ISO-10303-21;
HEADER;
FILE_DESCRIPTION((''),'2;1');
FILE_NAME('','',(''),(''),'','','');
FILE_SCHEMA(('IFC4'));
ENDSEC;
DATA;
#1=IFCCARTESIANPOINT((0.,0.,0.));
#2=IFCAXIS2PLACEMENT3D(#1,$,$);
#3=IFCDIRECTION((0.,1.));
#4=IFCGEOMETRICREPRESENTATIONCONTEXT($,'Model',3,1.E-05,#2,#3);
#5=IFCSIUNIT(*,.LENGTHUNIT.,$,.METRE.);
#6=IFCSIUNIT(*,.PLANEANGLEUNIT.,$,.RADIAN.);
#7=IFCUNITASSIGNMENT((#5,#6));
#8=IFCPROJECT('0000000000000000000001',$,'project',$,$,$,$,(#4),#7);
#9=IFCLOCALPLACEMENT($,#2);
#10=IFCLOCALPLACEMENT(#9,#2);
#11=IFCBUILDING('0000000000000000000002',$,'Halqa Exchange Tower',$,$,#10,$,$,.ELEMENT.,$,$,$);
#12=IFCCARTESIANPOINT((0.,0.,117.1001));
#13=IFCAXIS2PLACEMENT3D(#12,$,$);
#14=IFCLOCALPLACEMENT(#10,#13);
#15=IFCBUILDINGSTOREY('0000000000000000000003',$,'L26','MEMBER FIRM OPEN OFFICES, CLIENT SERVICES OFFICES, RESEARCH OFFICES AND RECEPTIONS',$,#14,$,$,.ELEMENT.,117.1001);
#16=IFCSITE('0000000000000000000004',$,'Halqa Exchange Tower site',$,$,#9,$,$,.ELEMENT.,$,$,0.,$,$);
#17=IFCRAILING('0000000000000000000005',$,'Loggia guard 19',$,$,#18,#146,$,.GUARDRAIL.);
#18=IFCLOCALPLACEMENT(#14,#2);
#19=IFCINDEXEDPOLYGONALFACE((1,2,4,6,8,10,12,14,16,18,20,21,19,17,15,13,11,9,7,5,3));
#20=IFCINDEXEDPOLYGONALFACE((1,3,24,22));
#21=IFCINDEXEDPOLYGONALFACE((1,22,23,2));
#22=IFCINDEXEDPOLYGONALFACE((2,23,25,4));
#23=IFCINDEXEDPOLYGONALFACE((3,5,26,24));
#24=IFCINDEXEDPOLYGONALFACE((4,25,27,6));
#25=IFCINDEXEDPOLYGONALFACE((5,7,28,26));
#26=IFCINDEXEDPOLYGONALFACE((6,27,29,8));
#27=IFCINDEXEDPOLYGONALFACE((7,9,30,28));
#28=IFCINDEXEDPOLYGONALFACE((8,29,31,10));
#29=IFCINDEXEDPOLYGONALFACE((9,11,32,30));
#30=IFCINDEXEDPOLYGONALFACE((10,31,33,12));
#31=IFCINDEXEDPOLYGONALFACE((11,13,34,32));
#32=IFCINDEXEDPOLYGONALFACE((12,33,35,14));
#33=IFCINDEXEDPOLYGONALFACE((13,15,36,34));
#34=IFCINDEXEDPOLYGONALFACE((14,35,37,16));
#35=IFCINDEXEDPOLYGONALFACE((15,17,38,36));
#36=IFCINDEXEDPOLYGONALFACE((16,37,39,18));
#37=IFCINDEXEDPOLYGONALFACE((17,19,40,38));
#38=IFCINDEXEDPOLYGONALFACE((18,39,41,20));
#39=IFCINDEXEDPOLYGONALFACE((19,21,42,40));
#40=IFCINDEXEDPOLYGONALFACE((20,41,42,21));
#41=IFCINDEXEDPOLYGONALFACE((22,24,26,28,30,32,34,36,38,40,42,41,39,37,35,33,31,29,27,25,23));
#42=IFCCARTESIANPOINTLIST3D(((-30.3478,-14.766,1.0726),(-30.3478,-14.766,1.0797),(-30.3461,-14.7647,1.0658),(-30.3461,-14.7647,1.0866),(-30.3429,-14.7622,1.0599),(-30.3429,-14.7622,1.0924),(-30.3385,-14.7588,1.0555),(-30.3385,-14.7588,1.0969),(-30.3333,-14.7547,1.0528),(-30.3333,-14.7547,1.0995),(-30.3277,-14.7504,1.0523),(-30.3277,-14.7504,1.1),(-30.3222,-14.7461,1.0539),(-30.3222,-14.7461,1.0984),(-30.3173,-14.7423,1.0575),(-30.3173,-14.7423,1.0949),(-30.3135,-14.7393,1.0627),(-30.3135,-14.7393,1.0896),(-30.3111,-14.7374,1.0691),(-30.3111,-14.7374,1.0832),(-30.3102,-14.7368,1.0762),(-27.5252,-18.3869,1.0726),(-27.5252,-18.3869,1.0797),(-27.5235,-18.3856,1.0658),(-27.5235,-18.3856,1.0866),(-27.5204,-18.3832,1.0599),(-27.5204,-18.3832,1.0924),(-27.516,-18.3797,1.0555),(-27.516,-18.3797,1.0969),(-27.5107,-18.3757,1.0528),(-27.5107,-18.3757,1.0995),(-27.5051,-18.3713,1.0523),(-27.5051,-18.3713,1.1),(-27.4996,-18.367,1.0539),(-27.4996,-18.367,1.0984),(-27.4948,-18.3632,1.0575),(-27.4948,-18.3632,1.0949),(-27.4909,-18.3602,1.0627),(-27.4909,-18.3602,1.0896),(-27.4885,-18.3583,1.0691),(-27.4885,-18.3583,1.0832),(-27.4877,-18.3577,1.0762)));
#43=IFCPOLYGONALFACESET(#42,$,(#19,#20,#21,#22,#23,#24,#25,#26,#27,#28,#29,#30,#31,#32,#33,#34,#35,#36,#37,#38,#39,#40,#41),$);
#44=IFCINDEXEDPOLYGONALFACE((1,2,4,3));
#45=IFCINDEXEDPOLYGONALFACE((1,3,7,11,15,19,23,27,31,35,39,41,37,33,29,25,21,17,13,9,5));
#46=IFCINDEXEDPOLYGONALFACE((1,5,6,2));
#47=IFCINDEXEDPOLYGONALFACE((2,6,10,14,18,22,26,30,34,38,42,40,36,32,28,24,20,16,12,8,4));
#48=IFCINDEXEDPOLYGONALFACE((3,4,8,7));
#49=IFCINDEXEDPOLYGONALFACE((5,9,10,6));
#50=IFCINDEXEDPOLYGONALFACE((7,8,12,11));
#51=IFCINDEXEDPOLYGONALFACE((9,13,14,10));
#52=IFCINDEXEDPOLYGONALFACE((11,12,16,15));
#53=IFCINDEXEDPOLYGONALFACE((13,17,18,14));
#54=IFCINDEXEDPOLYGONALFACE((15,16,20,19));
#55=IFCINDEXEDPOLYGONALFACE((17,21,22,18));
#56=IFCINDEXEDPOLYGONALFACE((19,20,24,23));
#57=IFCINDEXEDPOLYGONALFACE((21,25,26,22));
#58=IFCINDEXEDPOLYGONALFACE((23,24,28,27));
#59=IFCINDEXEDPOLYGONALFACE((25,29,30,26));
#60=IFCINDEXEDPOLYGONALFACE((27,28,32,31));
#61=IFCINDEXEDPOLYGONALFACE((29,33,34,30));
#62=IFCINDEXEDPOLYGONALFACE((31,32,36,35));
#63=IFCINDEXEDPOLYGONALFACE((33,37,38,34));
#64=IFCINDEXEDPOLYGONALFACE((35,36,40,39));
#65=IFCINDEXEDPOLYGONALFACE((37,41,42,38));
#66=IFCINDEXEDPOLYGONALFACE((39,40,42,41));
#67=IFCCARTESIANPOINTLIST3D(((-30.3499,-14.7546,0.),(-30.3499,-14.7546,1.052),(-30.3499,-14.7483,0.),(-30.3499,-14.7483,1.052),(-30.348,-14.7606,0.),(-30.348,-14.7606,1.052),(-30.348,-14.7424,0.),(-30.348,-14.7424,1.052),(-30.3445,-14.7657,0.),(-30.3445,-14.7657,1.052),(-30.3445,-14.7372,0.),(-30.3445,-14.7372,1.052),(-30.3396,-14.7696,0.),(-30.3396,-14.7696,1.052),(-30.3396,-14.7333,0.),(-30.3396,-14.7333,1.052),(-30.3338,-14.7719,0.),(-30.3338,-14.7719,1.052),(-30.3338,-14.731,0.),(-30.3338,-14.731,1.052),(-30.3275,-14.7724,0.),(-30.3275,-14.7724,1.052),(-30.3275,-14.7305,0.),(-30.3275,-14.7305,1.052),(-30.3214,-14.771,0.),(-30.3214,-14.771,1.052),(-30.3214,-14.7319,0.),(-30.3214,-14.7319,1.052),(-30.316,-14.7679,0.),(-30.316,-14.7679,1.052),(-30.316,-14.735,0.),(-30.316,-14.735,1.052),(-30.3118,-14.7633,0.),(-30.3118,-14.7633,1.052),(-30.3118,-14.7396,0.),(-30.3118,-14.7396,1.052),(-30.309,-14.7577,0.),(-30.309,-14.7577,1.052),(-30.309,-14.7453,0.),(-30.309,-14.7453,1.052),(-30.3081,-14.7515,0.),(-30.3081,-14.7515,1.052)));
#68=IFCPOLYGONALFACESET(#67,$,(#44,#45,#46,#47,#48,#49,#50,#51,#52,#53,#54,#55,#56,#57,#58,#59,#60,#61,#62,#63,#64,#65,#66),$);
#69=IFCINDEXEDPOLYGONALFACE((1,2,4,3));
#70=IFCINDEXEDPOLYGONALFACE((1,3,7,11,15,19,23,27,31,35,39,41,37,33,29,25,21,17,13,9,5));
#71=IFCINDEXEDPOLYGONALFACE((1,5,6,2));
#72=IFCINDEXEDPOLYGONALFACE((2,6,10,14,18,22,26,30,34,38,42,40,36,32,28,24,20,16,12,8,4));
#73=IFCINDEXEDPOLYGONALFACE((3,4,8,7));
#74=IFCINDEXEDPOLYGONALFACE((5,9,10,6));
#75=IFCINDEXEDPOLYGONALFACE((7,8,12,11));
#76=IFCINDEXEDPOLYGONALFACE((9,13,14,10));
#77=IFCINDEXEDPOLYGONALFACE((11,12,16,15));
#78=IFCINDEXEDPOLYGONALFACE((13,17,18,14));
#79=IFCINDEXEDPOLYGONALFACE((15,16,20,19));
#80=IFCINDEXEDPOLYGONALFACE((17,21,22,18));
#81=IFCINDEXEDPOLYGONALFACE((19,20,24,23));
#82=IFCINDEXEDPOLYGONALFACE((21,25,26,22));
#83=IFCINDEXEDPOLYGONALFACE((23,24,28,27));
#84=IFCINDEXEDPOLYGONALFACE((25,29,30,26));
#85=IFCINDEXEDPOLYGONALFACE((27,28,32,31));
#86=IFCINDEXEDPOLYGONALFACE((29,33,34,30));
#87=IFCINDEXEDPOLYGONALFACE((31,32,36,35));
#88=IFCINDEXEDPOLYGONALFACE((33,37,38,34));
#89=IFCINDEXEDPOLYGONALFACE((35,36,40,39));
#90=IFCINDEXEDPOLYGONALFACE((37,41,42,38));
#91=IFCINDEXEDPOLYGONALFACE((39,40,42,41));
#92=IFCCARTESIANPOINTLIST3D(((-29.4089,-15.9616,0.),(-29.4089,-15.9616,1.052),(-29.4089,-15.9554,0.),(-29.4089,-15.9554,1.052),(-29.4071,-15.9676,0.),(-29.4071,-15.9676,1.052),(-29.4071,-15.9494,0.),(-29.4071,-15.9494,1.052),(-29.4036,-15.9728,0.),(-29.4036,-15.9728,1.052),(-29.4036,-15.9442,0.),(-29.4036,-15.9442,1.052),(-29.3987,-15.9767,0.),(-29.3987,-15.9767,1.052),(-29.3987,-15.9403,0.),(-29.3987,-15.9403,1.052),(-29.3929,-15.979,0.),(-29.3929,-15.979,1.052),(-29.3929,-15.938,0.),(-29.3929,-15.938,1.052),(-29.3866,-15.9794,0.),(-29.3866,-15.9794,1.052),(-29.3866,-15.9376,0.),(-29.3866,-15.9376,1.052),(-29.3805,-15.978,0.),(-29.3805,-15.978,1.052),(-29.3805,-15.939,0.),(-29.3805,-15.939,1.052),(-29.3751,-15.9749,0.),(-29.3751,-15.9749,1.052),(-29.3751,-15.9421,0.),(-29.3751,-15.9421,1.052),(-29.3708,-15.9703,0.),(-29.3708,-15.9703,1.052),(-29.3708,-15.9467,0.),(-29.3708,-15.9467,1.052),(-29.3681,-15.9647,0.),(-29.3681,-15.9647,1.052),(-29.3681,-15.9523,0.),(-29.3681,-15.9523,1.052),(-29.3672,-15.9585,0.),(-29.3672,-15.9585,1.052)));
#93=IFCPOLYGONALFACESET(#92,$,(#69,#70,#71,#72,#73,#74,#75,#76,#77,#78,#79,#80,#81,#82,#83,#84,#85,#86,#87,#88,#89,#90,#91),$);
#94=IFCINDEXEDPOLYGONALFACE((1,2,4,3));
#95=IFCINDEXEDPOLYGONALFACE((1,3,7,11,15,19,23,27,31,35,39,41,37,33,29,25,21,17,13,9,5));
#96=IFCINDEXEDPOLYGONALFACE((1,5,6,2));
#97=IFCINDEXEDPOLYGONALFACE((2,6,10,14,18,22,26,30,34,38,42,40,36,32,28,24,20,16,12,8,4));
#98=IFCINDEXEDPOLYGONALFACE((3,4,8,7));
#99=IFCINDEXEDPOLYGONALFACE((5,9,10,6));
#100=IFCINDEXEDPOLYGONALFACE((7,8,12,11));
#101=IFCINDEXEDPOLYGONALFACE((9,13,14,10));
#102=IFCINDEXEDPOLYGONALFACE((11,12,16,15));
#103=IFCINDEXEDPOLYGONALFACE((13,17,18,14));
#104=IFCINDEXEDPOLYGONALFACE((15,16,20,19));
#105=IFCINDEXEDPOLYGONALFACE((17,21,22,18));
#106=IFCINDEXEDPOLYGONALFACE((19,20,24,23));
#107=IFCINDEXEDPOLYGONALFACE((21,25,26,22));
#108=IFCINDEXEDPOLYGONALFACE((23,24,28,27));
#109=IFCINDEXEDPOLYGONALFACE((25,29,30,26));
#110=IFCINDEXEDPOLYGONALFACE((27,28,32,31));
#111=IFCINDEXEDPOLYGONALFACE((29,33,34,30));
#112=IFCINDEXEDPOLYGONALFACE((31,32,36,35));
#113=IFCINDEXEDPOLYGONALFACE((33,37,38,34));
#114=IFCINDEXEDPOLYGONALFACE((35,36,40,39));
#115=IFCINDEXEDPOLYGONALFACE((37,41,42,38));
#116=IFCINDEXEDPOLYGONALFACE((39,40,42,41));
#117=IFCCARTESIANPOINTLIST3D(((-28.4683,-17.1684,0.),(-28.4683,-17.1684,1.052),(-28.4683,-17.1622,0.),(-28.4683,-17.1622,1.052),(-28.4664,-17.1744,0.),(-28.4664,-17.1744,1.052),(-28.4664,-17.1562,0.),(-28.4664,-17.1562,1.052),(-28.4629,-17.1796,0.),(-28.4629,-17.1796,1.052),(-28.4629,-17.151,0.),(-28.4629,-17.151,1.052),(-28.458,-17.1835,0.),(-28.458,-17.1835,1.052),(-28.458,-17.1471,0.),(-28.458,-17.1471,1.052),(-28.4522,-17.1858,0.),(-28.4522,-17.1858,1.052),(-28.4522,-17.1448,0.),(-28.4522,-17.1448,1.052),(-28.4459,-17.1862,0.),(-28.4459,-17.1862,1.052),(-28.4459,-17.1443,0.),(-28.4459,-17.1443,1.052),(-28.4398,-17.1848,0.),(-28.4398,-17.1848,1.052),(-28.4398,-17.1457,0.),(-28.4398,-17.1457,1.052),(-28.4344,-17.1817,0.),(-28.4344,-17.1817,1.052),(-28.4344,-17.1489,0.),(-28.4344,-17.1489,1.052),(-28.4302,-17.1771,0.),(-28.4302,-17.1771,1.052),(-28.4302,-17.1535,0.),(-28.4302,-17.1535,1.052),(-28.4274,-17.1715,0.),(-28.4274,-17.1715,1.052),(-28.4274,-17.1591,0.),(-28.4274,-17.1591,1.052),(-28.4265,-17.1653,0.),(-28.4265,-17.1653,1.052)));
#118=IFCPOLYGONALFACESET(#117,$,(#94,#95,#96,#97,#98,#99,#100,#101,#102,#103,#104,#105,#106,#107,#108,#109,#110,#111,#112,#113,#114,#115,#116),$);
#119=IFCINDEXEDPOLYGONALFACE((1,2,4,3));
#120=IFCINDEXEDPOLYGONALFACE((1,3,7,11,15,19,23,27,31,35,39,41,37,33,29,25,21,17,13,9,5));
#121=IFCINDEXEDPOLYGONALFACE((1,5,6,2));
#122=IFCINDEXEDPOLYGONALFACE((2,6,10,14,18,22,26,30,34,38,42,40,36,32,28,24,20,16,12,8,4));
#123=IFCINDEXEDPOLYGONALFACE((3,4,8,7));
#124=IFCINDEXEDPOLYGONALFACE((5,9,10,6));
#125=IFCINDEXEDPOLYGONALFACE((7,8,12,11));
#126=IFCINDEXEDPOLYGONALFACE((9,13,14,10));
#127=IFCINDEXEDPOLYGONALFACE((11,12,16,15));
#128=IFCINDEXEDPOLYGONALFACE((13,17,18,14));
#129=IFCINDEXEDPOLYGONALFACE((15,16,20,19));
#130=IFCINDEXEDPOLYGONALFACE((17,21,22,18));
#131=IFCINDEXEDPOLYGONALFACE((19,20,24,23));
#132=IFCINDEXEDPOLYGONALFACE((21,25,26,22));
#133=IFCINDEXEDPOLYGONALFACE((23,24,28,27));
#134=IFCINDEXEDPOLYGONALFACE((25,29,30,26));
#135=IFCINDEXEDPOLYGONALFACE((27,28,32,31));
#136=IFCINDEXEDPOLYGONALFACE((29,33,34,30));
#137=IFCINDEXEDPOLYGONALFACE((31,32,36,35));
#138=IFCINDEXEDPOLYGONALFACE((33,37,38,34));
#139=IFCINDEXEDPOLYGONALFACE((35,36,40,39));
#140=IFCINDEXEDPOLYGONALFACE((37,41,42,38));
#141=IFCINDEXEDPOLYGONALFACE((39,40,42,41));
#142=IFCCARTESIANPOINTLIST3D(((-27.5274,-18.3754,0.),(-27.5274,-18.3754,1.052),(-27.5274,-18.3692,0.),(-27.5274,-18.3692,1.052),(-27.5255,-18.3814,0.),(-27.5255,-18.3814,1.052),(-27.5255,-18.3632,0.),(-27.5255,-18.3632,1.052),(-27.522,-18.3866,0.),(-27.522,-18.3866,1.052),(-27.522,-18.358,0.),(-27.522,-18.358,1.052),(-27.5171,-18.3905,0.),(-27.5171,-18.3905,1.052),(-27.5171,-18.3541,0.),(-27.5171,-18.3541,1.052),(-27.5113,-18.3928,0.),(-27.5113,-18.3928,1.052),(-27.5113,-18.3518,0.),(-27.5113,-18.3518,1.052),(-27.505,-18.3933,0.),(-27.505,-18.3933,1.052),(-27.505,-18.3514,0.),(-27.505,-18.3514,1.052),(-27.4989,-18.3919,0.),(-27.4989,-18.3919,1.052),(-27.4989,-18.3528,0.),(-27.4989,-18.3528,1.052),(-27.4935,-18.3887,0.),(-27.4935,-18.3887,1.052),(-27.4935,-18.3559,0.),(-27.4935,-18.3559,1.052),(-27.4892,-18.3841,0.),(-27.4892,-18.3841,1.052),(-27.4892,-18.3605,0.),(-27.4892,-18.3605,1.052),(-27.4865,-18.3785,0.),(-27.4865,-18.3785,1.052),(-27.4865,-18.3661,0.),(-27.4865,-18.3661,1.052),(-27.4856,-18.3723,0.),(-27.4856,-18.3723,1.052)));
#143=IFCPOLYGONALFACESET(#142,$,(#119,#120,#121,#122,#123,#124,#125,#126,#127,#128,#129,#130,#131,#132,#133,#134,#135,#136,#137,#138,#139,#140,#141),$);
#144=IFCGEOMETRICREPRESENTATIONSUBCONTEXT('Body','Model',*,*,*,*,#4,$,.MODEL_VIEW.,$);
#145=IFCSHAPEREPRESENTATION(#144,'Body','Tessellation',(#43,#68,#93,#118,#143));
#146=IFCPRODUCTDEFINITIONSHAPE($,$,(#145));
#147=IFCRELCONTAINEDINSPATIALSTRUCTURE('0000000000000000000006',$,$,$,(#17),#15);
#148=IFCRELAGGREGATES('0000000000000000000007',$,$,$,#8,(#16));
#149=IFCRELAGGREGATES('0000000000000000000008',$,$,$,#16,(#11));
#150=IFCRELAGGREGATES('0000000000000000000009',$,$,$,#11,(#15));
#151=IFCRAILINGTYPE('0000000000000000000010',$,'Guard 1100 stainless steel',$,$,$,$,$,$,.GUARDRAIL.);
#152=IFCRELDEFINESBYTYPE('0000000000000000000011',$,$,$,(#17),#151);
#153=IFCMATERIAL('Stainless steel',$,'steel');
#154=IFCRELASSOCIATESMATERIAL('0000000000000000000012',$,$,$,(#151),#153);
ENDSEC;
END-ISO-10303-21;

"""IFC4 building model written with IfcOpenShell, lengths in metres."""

from ifc_helpers import new_model, si_unit, direction, frame, origin, origin_2d, place, context, subcontext, project, spatial, circle, extrude, material, type_object, element, save


model = new_model("IFC4")

# Units and contexts
model_context = context("Model", 3, precision=1e-05, world=origin(), true_north=direction((0.0, 1.0)))
body_context = subcontext(model_context, "Body", "Model", "MODEL_VIEW")
ifc_project = project(units=[si_unit("LENGTHUNIT", "METRE"), si_unit("PLANEANGLEUNIT", "RADIAN")], contexts=[model_context])

# Site, building, storey
site_placement = place(None, origin())
site = spatial("IfcSite", under=ifc_project, at=site_placement, Name="Halqa Exchange Tower site", CompositionType="ELEMENT", RefElevation=0.0)
building_placement = place(site_placement, origin())
building = spatial("IfcBuilding", under=site, at=building_placement, Name="Halqa Exchange Tower", CompositionType="ELEMENT")
storey_placement = place(building_placement, frame((0.0, 0.0, 117.1001)))
storey = spatial("IfcBuildingStorey", under=building, at=storey_placement, Name="L26", Description="MEMBER FIRM OPEN OFFICES, CLIENT SERVICES OFFICES, RESEARCH OFFICES AND RECEPTIONS", CompositionType="ELEMENT", Elevation=117.1001)

# Railing
ifc_material_1 = material(Name="Stainless steel", Category="steel")
railing_type = type_object("IfcRailingType", Name="Guard 1100 stainless steel", PredefinedType="GUARDRAIL", material=ifc_material_1)
railing_1_placement = place(storey_placement, frame((-30.3291, -14.7515, 0.0)))
element("IfcRailing", 1, at=railing_1_placement, inside=storey, type_object=railing_type, Name="Loggia guard 19", PredefinedType="GUARDRAIL", context=body_context, shape_type="SweptSolid", body=[
    extrude(circle(Radius=0.0239, at=origin_2d()), frame((0.0, 0.0, 1.0762), z_axis=(0.614794, -0.788687, 0.0), x_axis=(0.788687, 0.614794, 0.0)), (0.0, 0.0, 1.0), 4.5911),
    extrude(circle(Radius=0.021, at=origin_2d()), origin(), (0.0, 0.0, 1.0), 1.052),
    extrude(circle(Radius=0.021, at=origin_2d()), frame((0.9409, -1.207, 0.0)), (0.0, 0.0, 1.0), 1.052),
    extrude(circle(Radius=0.021, at=origin_2d()), frame((1.8816, -2.4138, 0.0)), (0.0, 0.0, 1.0), 1.052),
    extrude(circle(Radius=0.021, at=origin_2d()), frame((2.8225, -3.6208, 0.0)), (0.0, 0.0, 1.0), 1.052),
])

save(model, "model.ifc")
